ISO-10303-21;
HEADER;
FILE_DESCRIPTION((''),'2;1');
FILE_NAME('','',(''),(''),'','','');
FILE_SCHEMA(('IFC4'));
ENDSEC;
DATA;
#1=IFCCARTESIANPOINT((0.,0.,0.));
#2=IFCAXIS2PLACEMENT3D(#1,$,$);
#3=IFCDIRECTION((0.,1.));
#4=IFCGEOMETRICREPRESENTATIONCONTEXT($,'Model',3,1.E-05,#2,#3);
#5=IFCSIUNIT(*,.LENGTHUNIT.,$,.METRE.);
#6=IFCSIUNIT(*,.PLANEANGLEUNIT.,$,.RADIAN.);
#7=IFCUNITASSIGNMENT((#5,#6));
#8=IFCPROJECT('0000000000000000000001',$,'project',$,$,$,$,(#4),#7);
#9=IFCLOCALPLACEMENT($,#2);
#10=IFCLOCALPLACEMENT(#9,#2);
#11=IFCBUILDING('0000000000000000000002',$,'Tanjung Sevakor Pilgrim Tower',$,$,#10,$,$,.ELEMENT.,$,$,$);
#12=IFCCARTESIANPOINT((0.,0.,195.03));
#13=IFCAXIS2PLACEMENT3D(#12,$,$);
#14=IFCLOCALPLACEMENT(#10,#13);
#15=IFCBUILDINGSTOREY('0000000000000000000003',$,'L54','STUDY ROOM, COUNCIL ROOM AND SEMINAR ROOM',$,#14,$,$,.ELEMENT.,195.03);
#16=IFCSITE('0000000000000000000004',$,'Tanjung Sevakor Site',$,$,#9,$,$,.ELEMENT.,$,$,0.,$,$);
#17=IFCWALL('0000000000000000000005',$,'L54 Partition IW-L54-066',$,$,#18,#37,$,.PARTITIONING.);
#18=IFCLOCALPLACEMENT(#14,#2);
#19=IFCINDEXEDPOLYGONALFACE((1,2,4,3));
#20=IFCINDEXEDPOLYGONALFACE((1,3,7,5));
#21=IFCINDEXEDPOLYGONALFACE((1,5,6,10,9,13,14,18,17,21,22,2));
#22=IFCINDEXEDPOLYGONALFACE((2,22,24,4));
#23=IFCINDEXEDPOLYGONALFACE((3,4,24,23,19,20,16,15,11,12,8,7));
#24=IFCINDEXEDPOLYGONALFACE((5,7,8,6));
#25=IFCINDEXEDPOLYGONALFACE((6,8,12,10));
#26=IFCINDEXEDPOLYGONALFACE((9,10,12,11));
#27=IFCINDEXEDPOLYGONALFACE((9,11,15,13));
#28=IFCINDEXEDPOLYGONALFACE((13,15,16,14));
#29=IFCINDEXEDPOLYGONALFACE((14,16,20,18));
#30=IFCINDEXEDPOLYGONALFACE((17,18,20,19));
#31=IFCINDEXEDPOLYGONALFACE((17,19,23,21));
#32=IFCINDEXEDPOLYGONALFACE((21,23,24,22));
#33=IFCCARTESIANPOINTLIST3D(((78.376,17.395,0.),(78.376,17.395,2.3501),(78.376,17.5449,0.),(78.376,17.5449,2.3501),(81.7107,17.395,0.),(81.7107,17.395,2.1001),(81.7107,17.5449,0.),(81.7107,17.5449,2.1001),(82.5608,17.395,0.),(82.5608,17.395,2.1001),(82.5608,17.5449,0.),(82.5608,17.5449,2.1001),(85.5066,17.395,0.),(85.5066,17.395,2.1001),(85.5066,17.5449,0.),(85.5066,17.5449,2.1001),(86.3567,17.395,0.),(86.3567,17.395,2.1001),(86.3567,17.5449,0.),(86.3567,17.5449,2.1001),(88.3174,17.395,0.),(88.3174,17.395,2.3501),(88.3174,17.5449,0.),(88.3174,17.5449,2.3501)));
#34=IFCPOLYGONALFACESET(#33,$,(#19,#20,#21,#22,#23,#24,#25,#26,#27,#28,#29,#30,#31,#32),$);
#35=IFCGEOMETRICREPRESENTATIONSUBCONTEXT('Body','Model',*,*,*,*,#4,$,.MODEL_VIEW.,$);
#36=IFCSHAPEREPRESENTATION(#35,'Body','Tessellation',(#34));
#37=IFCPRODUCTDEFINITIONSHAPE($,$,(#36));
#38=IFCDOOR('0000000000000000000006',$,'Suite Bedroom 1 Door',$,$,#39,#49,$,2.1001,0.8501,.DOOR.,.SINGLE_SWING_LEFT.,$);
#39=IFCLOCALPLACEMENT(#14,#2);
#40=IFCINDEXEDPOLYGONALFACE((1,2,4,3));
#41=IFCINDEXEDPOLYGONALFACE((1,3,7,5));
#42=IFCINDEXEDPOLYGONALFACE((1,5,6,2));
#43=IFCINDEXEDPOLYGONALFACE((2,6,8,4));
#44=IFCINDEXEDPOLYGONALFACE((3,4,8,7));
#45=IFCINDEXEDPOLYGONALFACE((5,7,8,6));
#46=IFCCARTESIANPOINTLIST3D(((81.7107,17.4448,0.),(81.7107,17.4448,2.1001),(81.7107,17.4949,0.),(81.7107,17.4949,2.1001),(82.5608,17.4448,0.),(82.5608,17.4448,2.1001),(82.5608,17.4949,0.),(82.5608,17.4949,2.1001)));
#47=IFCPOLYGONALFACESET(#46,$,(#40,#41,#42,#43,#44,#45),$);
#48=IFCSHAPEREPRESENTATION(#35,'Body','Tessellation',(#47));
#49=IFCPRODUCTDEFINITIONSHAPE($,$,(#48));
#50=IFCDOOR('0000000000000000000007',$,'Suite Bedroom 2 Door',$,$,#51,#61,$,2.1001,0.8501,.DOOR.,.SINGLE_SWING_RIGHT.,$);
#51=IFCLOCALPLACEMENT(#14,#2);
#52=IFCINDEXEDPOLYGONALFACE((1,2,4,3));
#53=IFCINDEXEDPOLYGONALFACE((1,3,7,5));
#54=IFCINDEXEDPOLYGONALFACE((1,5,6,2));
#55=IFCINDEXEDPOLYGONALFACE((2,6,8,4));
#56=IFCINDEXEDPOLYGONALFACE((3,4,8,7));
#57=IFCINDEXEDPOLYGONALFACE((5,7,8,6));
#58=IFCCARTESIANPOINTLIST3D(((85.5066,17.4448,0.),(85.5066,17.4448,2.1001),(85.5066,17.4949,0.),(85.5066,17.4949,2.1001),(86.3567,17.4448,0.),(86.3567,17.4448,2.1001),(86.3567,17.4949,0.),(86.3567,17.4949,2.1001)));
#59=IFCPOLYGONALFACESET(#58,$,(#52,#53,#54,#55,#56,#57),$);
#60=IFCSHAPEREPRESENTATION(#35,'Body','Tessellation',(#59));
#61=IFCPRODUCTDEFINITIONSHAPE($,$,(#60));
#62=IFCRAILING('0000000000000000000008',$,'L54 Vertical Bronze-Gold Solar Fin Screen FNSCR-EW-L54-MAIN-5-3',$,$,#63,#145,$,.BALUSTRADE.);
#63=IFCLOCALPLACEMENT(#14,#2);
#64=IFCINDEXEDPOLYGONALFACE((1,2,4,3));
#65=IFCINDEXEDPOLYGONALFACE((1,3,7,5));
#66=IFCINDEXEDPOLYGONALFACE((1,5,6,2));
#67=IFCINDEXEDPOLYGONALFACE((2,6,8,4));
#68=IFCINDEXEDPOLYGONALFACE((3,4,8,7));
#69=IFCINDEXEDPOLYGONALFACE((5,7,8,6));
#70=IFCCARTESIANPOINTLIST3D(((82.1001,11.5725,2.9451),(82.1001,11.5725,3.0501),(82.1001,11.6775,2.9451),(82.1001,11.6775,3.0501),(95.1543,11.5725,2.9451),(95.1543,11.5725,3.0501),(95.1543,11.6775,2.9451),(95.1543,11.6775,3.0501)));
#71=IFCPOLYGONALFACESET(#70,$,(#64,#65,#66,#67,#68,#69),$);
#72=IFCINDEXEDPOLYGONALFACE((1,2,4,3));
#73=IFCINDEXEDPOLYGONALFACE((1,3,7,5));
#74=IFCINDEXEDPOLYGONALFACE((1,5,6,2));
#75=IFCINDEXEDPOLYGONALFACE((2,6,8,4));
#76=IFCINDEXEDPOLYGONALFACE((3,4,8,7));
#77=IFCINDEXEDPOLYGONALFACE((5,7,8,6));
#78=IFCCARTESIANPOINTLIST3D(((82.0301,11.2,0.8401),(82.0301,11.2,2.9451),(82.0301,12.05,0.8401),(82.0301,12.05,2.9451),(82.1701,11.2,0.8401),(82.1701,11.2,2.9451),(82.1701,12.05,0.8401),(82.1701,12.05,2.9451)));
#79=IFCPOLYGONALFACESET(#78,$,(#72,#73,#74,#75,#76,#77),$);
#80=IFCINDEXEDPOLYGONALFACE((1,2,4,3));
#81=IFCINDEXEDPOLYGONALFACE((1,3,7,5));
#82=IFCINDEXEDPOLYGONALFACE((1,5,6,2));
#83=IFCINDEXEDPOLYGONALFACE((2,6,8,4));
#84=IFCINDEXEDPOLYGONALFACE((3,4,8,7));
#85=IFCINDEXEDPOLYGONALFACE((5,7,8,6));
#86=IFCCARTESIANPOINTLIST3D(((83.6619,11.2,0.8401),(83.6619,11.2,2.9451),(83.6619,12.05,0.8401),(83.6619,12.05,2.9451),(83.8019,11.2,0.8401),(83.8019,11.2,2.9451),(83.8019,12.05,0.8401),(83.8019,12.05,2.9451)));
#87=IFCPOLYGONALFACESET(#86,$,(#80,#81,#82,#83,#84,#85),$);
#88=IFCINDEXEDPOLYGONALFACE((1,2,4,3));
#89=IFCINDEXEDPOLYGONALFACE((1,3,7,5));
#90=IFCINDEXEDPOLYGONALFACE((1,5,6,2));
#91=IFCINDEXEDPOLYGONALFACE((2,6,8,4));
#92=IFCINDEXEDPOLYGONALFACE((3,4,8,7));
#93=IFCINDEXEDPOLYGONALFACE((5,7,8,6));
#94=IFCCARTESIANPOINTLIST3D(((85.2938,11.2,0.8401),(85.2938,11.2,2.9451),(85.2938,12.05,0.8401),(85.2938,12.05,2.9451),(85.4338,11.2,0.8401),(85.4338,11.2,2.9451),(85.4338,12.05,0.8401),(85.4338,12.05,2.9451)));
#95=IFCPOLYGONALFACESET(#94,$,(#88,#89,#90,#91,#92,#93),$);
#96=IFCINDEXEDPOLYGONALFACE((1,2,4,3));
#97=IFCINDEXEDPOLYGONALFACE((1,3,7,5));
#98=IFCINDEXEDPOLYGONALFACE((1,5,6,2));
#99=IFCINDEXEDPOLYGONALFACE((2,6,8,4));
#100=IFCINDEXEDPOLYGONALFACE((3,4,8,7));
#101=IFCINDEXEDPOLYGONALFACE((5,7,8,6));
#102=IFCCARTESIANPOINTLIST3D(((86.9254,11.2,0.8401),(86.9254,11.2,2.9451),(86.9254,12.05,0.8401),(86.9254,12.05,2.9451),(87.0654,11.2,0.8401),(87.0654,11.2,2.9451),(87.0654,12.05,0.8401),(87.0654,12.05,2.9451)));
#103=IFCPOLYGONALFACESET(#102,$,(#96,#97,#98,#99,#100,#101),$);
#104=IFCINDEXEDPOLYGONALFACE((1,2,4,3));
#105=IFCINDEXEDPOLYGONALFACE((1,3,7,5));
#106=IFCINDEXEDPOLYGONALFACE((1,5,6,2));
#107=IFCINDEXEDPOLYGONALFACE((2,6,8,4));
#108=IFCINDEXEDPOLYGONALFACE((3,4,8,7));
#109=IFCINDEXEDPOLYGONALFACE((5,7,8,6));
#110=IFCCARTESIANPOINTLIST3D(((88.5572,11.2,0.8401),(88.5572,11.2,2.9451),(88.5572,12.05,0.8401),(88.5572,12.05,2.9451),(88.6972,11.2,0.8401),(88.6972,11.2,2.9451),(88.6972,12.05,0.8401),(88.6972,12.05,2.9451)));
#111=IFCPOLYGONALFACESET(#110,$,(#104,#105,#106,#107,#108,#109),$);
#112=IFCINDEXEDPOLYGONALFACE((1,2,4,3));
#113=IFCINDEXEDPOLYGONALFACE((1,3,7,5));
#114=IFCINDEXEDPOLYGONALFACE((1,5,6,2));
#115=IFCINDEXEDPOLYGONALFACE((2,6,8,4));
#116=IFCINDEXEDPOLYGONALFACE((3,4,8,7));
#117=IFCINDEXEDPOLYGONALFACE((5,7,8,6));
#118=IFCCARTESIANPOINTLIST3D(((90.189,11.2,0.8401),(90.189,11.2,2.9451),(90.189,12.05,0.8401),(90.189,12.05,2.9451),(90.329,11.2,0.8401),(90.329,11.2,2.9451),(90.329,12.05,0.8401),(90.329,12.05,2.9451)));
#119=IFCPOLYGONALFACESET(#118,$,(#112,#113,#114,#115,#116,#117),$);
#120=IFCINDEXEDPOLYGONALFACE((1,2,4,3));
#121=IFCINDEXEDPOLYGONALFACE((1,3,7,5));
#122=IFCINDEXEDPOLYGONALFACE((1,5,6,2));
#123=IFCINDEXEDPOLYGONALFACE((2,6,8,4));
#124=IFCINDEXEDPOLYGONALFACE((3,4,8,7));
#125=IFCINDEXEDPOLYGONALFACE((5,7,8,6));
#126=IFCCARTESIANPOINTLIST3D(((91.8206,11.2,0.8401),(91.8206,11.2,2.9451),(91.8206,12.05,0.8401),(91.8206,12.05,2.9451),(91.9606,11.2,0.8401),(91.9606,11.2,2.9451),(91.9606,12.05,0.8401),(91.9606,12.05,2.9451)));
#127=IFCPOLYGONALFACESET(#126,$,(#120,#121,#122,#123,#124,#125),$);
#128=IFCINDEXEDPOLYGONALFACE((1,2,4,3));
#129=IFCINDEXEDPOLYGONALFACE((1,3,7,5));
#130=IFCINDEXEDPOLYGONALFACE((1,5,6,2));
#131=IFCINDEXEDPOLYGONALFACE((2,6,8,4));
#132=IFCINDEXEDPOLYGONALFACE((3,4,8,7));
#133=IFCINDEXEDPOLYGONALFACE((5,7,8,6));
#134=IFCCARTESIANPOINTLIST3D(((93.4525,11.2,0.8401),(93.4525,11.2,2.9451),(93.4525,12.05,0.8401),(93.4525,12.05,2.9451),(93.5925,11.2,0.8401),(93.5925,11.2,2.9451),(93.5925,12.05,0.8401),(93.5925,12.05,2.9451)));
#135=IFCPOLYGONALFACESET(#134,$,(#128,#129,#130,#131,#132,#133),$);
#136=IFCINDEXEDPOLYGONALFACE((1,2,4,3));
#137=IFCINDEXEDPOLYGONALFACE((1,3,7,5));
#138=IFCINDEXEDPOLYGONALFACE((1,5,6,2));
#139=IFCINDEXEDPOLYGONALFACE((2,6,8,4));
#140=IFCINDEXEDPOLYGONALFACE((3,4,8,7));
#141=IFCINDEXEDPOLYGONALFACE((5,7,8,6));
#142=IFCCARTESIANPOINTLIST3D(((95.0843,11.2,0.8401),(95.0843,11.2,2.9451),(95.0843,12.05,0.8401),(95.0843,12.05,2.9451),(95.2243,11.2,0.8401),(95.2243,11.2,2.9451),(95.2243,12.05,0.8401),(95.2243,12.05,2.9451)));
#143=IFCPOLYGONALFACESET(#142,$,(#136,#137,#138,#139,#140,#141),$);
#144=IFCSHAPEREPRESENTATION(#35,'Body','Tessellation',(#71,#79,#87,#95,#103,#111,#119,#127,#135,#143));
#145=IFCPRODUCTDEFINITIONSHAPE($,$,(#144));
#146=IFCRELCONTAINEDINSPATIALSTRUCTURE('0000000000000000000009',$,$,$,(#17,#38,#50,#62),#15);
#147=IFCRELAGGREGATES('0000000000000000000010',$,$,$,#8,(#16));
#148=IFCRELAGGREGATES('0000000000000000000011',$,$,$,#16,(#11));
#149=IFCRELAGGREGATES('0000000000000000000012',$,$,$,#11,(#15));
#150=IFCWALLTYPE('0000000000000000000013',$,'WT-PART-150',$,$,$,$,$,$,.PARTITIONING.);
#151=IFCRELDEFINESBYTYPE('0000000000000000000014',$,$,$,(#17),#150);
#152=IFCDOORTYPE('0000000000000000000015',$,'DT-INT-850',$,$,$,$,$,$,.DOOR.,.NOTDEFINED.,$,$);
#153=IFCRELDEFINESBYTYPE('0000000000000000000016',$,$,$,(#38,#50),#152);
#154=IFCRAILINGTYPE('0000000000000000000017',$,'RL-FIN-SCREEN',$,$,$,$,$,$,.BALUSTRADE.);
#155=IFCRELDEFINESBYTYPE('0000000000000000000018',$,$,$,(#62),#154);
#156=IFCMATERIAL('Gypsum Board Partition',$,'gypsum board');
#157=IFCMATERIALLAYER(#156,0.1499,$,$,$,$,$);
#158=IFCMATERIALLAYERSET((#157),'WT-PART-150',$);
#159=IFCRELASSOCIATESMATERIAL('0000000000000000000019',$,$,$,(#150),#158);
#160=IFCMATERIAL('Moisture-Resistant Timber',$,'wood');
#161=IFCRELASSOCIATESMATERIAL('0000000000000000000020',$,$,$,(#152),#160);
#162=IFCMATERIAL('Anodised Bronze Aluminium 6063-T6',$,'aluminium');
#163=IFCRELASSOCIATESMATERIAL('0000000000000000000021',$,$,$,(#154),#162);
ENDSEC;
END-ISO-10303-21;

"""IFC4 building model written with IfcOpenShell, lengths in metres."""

from ifc_helpers import new_model, si_unit, direction, frame, frame_2d, origin, place, context, subcontext, project, spatial, rectangle, extrude, material, layer, layer_set, type_object, element, fill, save


model = new_model("IFC4")

# Units and contexts
model_context = context("Model", 3, precision=1e-05, world=origin(), true_north=direction((0.0, 1.0)))
body_context = subcontext(model_context, "Body", "Model", "MODEL_VIEW")
ifc_project = project(units=[si_unit("LENGTHUNIT", "METRE"), si_unit("PLANEANGLEUNIT", "RADIAN")], contexts=[model_context])

# Site, building, storey
site_placement = place(None, origin())
site = spatial("IfcSite", under=ifc_project, at=site_placement, Name="Tanjung Sevakor Site", CompositionType="ELEMENT", RefElevation=0.0)
building_placement = place(site_placement, origin())
building = spatial("IfcBuilding", under=site, at=building_placement, Name="Tanjung Sevakor Pilgrim Tower", CompositionType="ELEMENT")
storey_placement = place(building_placement, frame((0.0, 0.0, 195.03)))
storey = spatial("IfcBuildingStorey", under=building, at=storey_placement, Name="L54", Description="STUDY ROOM, COUNCIL ROOM AND SEMINAR ROOM", CompositionType="ELEMENT", Elevation=195.03)

# Shared definitions
ifc_material_1 = material(Name="Gypsum Board Partition", Category="gypsum board")
ifc_layer_1 = layer(ifc_material_1, 0.1499)
ifc_layer_set_1 = layer_set([ifc_layer_1], Name="WT-PART-150")
wall_type_1 = type_object("IfcWallType", Name="WT-PART-150", PredefinedType="PARTITIONING", material=ifc_layer_set_1)
ifc_material_2 = material(Name="Moisture-Resistant Timber", Category="wood")
door_type_1 = type_object("IfcDoorType", Name="DT-INT-850", OperationType="NOTDEFINED", PredefinedType="DOOR", material=ifc_material_2)

# Wall, openings, doors
wall_1_placement = place(storey_placement, frame((78.376, 17.47, 0.0), z_axis=(0.0, 0.0, 1.0), x_axis=(1.0, 0.0, 0.0)))
wall_1 = element("IfcWall", 1, at=wall_1_placement, inside=storey, type_object=wall_type_1, Name="L54 Partition IW-L54-066", PredefinedType="PARTITIONING", context=body_context, shape_type="SweptSolid", body=[
    extrude(rectangle(XDim=9.9414, YDim=0.1499, at=frame_2d((4.9707, 0.0))), origin(), (0.0, 0.0, 1.0), 2.3501),
])
opening_1_placement = place(wall_1_placement, frame((3.3347, 0.0, 0.0)))
opening_1 = element("IfcOpeningElement", 2, at=opening_1_placement, cuts=wall_1, PredefinedType="OPENING", context=body_context, shape_type="SweptSolid", body=[
    extrude(rectangle(XDim=0.8501, YDim=2.1001, at=frame_2d((0.425, 1.05))), frame((0.0, 0.085, 0.0), z_axis=(0.0, -1.0, 0.0), x_axis=(1.0, 0.0, 0.0)), (0.0, 0.0, 1.0), 0.1699),
])
opening_2_placement = place(wall_1_placement, frame((7.1306, 0.0, 0.0)))
opening_2 = element("IfcOpeningElement", 3, at=opening_2_placement, cuts=wall_1, PredefinedType="OPENING", context=body_context, shape_type="SweptSolid", body=[
    extrude(rectangle(XDim=0.8501, YDim=2.1001, at=frame_2d((0.425, 1.05))), frame((0.0, 0.085, 0.0), z_axis=(0.0, -1.0, 0.0), x_axis=(1.0, 0.0, 0.0)), (0.0, 0.0, 1.0), 0.1699),
])
door_1_placement = place(opening_1_placement, origin())
door_1 = element("IfcDoor", 4, at=door_1_placement, inside=storey, type_object=door_type_1, Name="Suite Bedroom 1 Door", OperationType="SINGLE_SWING_LEFT", OverallHeight=2.1001, OverallWidth=0.8501, PredefinedType="DOOR", context=body_context, shape_type="SweptSolid", body=[
    extrude(rectangle(XDim=0.8501, YDim=2.1001, at=frame_2d((0.425, 1.05))), frame((0.0, 0.0249, 0.0), z_axis=(0.0, -1.0, 0.0), x_axis=(1.0, 0.0, 0.0)), (0.0, 0.0, 1.0), 0.05),
])
fill(opening_1, door_1)
door_2_placement = place(opening_2_placement, origin())
door_2 = element("IfcDoor", 5, at=door_2_placement, inside=storey, type_object=door_type_1, Name="Suite Bedroom 2 Door", OperationType="SINGLE_SWING_RIGHT", OverallHeight=2.1001, OverallWidth=0.8501, PredefinedType="DOOR", context=body_context, shape_type="SweptSolid", body=[
    extrude(rectangle(XDim=0.8501, YDim=2.1001, at=frame_2d((0.425, 1.05))), frame((0.0, 0.0249, 0.0), z_axis=(0.0, -1.0, 0.0), x_axis=(1.0, 0.0, 0.0)), (0.0, 0.0, 1.0), 0.05),
])
fill(opening_2, door_2)

# Railing
ifc_material_3 = material(Name="Anodised Bronze Aluminium 6063-T6", Category="aluminium")
railing_type = type_object("IfcRailingType", Name="RL-FIN-SCREEN", PredefinedType="BALUSTRADE", material=ifc_material_3)
railing_placement = place(storey_placement, frame((82.1001, 11.625, 0.8401)))
element("IfcRailing", 6, at=railing_placement, inside=storey, type_object=railing_type, Name="L54 Vertical Bronze-Gold Solar Fin Screen FNSCR-EW-L54-MAIN-5-3", PredefinedType="BALUSTRADE", context=body_context, shape_type="SweptSolid", body=[
    extrude(rectangle(XDim=0.105, YDim=0.105), frame((0.0, 0.0, 2.1575), z_axis=(1.0, 0.0, 0.0), x_axis=(0.0, 1.0, 0.0)), (0.0, 0.0, 1.0), 13.0542),
    extrude(rectangle(XDim=0.14, YDim=0.85), origin(), (0.0, 0.0, 1.0), 2.105),
    extrude(rectangle(XDim=0.14, YDim=0.85), frame((1.6318, 0.0, 0.0)), (0.0, 0.0, 1.0), 2.105),
    extrude(rectangle(XDim=0.14, YDim=0.85), frame((3.2637, 0.0, 0.0)), (0.0, 0.0, 1.0), 2.105),
    extrude(rectangle(XDim=0.14, YDim=0.85), frame((4.8953, 0.0, 0.0)), (0.0, 0.0, 1.0), 2.105),
    extrude(rectangle(XDim=0.14, YDim=0.85), frame((6.5271, 0.0, 0.0)), (0.0, 0.0, 1.0), 2.105),
    extrude(rectangle(XDim=0.14, YDim=0.85), frame((8.1589, 0.0, 0.0)), (0.0, 0.0, 1.0), 2.105),
    extrude(rectangle(XDim=0.14, YDim=0.85), frame((9.7905, 0.0, 0.0)), (0.0, 0.0, 1.0), 2.105),
    extrude(rectangle(XDim=0.14, YDim=0.85), frame((11.4224, 0.0, 0.0)), (0.0, 0.0, 1.0), 2.105),
    extrude(rectangle(XDim=0.14, YDim=0.85), frame((13.0542, 0.0, 0.0)), (0.0, 0.0, 1.0), 2.105),
])

save(model, "model.ifc")
